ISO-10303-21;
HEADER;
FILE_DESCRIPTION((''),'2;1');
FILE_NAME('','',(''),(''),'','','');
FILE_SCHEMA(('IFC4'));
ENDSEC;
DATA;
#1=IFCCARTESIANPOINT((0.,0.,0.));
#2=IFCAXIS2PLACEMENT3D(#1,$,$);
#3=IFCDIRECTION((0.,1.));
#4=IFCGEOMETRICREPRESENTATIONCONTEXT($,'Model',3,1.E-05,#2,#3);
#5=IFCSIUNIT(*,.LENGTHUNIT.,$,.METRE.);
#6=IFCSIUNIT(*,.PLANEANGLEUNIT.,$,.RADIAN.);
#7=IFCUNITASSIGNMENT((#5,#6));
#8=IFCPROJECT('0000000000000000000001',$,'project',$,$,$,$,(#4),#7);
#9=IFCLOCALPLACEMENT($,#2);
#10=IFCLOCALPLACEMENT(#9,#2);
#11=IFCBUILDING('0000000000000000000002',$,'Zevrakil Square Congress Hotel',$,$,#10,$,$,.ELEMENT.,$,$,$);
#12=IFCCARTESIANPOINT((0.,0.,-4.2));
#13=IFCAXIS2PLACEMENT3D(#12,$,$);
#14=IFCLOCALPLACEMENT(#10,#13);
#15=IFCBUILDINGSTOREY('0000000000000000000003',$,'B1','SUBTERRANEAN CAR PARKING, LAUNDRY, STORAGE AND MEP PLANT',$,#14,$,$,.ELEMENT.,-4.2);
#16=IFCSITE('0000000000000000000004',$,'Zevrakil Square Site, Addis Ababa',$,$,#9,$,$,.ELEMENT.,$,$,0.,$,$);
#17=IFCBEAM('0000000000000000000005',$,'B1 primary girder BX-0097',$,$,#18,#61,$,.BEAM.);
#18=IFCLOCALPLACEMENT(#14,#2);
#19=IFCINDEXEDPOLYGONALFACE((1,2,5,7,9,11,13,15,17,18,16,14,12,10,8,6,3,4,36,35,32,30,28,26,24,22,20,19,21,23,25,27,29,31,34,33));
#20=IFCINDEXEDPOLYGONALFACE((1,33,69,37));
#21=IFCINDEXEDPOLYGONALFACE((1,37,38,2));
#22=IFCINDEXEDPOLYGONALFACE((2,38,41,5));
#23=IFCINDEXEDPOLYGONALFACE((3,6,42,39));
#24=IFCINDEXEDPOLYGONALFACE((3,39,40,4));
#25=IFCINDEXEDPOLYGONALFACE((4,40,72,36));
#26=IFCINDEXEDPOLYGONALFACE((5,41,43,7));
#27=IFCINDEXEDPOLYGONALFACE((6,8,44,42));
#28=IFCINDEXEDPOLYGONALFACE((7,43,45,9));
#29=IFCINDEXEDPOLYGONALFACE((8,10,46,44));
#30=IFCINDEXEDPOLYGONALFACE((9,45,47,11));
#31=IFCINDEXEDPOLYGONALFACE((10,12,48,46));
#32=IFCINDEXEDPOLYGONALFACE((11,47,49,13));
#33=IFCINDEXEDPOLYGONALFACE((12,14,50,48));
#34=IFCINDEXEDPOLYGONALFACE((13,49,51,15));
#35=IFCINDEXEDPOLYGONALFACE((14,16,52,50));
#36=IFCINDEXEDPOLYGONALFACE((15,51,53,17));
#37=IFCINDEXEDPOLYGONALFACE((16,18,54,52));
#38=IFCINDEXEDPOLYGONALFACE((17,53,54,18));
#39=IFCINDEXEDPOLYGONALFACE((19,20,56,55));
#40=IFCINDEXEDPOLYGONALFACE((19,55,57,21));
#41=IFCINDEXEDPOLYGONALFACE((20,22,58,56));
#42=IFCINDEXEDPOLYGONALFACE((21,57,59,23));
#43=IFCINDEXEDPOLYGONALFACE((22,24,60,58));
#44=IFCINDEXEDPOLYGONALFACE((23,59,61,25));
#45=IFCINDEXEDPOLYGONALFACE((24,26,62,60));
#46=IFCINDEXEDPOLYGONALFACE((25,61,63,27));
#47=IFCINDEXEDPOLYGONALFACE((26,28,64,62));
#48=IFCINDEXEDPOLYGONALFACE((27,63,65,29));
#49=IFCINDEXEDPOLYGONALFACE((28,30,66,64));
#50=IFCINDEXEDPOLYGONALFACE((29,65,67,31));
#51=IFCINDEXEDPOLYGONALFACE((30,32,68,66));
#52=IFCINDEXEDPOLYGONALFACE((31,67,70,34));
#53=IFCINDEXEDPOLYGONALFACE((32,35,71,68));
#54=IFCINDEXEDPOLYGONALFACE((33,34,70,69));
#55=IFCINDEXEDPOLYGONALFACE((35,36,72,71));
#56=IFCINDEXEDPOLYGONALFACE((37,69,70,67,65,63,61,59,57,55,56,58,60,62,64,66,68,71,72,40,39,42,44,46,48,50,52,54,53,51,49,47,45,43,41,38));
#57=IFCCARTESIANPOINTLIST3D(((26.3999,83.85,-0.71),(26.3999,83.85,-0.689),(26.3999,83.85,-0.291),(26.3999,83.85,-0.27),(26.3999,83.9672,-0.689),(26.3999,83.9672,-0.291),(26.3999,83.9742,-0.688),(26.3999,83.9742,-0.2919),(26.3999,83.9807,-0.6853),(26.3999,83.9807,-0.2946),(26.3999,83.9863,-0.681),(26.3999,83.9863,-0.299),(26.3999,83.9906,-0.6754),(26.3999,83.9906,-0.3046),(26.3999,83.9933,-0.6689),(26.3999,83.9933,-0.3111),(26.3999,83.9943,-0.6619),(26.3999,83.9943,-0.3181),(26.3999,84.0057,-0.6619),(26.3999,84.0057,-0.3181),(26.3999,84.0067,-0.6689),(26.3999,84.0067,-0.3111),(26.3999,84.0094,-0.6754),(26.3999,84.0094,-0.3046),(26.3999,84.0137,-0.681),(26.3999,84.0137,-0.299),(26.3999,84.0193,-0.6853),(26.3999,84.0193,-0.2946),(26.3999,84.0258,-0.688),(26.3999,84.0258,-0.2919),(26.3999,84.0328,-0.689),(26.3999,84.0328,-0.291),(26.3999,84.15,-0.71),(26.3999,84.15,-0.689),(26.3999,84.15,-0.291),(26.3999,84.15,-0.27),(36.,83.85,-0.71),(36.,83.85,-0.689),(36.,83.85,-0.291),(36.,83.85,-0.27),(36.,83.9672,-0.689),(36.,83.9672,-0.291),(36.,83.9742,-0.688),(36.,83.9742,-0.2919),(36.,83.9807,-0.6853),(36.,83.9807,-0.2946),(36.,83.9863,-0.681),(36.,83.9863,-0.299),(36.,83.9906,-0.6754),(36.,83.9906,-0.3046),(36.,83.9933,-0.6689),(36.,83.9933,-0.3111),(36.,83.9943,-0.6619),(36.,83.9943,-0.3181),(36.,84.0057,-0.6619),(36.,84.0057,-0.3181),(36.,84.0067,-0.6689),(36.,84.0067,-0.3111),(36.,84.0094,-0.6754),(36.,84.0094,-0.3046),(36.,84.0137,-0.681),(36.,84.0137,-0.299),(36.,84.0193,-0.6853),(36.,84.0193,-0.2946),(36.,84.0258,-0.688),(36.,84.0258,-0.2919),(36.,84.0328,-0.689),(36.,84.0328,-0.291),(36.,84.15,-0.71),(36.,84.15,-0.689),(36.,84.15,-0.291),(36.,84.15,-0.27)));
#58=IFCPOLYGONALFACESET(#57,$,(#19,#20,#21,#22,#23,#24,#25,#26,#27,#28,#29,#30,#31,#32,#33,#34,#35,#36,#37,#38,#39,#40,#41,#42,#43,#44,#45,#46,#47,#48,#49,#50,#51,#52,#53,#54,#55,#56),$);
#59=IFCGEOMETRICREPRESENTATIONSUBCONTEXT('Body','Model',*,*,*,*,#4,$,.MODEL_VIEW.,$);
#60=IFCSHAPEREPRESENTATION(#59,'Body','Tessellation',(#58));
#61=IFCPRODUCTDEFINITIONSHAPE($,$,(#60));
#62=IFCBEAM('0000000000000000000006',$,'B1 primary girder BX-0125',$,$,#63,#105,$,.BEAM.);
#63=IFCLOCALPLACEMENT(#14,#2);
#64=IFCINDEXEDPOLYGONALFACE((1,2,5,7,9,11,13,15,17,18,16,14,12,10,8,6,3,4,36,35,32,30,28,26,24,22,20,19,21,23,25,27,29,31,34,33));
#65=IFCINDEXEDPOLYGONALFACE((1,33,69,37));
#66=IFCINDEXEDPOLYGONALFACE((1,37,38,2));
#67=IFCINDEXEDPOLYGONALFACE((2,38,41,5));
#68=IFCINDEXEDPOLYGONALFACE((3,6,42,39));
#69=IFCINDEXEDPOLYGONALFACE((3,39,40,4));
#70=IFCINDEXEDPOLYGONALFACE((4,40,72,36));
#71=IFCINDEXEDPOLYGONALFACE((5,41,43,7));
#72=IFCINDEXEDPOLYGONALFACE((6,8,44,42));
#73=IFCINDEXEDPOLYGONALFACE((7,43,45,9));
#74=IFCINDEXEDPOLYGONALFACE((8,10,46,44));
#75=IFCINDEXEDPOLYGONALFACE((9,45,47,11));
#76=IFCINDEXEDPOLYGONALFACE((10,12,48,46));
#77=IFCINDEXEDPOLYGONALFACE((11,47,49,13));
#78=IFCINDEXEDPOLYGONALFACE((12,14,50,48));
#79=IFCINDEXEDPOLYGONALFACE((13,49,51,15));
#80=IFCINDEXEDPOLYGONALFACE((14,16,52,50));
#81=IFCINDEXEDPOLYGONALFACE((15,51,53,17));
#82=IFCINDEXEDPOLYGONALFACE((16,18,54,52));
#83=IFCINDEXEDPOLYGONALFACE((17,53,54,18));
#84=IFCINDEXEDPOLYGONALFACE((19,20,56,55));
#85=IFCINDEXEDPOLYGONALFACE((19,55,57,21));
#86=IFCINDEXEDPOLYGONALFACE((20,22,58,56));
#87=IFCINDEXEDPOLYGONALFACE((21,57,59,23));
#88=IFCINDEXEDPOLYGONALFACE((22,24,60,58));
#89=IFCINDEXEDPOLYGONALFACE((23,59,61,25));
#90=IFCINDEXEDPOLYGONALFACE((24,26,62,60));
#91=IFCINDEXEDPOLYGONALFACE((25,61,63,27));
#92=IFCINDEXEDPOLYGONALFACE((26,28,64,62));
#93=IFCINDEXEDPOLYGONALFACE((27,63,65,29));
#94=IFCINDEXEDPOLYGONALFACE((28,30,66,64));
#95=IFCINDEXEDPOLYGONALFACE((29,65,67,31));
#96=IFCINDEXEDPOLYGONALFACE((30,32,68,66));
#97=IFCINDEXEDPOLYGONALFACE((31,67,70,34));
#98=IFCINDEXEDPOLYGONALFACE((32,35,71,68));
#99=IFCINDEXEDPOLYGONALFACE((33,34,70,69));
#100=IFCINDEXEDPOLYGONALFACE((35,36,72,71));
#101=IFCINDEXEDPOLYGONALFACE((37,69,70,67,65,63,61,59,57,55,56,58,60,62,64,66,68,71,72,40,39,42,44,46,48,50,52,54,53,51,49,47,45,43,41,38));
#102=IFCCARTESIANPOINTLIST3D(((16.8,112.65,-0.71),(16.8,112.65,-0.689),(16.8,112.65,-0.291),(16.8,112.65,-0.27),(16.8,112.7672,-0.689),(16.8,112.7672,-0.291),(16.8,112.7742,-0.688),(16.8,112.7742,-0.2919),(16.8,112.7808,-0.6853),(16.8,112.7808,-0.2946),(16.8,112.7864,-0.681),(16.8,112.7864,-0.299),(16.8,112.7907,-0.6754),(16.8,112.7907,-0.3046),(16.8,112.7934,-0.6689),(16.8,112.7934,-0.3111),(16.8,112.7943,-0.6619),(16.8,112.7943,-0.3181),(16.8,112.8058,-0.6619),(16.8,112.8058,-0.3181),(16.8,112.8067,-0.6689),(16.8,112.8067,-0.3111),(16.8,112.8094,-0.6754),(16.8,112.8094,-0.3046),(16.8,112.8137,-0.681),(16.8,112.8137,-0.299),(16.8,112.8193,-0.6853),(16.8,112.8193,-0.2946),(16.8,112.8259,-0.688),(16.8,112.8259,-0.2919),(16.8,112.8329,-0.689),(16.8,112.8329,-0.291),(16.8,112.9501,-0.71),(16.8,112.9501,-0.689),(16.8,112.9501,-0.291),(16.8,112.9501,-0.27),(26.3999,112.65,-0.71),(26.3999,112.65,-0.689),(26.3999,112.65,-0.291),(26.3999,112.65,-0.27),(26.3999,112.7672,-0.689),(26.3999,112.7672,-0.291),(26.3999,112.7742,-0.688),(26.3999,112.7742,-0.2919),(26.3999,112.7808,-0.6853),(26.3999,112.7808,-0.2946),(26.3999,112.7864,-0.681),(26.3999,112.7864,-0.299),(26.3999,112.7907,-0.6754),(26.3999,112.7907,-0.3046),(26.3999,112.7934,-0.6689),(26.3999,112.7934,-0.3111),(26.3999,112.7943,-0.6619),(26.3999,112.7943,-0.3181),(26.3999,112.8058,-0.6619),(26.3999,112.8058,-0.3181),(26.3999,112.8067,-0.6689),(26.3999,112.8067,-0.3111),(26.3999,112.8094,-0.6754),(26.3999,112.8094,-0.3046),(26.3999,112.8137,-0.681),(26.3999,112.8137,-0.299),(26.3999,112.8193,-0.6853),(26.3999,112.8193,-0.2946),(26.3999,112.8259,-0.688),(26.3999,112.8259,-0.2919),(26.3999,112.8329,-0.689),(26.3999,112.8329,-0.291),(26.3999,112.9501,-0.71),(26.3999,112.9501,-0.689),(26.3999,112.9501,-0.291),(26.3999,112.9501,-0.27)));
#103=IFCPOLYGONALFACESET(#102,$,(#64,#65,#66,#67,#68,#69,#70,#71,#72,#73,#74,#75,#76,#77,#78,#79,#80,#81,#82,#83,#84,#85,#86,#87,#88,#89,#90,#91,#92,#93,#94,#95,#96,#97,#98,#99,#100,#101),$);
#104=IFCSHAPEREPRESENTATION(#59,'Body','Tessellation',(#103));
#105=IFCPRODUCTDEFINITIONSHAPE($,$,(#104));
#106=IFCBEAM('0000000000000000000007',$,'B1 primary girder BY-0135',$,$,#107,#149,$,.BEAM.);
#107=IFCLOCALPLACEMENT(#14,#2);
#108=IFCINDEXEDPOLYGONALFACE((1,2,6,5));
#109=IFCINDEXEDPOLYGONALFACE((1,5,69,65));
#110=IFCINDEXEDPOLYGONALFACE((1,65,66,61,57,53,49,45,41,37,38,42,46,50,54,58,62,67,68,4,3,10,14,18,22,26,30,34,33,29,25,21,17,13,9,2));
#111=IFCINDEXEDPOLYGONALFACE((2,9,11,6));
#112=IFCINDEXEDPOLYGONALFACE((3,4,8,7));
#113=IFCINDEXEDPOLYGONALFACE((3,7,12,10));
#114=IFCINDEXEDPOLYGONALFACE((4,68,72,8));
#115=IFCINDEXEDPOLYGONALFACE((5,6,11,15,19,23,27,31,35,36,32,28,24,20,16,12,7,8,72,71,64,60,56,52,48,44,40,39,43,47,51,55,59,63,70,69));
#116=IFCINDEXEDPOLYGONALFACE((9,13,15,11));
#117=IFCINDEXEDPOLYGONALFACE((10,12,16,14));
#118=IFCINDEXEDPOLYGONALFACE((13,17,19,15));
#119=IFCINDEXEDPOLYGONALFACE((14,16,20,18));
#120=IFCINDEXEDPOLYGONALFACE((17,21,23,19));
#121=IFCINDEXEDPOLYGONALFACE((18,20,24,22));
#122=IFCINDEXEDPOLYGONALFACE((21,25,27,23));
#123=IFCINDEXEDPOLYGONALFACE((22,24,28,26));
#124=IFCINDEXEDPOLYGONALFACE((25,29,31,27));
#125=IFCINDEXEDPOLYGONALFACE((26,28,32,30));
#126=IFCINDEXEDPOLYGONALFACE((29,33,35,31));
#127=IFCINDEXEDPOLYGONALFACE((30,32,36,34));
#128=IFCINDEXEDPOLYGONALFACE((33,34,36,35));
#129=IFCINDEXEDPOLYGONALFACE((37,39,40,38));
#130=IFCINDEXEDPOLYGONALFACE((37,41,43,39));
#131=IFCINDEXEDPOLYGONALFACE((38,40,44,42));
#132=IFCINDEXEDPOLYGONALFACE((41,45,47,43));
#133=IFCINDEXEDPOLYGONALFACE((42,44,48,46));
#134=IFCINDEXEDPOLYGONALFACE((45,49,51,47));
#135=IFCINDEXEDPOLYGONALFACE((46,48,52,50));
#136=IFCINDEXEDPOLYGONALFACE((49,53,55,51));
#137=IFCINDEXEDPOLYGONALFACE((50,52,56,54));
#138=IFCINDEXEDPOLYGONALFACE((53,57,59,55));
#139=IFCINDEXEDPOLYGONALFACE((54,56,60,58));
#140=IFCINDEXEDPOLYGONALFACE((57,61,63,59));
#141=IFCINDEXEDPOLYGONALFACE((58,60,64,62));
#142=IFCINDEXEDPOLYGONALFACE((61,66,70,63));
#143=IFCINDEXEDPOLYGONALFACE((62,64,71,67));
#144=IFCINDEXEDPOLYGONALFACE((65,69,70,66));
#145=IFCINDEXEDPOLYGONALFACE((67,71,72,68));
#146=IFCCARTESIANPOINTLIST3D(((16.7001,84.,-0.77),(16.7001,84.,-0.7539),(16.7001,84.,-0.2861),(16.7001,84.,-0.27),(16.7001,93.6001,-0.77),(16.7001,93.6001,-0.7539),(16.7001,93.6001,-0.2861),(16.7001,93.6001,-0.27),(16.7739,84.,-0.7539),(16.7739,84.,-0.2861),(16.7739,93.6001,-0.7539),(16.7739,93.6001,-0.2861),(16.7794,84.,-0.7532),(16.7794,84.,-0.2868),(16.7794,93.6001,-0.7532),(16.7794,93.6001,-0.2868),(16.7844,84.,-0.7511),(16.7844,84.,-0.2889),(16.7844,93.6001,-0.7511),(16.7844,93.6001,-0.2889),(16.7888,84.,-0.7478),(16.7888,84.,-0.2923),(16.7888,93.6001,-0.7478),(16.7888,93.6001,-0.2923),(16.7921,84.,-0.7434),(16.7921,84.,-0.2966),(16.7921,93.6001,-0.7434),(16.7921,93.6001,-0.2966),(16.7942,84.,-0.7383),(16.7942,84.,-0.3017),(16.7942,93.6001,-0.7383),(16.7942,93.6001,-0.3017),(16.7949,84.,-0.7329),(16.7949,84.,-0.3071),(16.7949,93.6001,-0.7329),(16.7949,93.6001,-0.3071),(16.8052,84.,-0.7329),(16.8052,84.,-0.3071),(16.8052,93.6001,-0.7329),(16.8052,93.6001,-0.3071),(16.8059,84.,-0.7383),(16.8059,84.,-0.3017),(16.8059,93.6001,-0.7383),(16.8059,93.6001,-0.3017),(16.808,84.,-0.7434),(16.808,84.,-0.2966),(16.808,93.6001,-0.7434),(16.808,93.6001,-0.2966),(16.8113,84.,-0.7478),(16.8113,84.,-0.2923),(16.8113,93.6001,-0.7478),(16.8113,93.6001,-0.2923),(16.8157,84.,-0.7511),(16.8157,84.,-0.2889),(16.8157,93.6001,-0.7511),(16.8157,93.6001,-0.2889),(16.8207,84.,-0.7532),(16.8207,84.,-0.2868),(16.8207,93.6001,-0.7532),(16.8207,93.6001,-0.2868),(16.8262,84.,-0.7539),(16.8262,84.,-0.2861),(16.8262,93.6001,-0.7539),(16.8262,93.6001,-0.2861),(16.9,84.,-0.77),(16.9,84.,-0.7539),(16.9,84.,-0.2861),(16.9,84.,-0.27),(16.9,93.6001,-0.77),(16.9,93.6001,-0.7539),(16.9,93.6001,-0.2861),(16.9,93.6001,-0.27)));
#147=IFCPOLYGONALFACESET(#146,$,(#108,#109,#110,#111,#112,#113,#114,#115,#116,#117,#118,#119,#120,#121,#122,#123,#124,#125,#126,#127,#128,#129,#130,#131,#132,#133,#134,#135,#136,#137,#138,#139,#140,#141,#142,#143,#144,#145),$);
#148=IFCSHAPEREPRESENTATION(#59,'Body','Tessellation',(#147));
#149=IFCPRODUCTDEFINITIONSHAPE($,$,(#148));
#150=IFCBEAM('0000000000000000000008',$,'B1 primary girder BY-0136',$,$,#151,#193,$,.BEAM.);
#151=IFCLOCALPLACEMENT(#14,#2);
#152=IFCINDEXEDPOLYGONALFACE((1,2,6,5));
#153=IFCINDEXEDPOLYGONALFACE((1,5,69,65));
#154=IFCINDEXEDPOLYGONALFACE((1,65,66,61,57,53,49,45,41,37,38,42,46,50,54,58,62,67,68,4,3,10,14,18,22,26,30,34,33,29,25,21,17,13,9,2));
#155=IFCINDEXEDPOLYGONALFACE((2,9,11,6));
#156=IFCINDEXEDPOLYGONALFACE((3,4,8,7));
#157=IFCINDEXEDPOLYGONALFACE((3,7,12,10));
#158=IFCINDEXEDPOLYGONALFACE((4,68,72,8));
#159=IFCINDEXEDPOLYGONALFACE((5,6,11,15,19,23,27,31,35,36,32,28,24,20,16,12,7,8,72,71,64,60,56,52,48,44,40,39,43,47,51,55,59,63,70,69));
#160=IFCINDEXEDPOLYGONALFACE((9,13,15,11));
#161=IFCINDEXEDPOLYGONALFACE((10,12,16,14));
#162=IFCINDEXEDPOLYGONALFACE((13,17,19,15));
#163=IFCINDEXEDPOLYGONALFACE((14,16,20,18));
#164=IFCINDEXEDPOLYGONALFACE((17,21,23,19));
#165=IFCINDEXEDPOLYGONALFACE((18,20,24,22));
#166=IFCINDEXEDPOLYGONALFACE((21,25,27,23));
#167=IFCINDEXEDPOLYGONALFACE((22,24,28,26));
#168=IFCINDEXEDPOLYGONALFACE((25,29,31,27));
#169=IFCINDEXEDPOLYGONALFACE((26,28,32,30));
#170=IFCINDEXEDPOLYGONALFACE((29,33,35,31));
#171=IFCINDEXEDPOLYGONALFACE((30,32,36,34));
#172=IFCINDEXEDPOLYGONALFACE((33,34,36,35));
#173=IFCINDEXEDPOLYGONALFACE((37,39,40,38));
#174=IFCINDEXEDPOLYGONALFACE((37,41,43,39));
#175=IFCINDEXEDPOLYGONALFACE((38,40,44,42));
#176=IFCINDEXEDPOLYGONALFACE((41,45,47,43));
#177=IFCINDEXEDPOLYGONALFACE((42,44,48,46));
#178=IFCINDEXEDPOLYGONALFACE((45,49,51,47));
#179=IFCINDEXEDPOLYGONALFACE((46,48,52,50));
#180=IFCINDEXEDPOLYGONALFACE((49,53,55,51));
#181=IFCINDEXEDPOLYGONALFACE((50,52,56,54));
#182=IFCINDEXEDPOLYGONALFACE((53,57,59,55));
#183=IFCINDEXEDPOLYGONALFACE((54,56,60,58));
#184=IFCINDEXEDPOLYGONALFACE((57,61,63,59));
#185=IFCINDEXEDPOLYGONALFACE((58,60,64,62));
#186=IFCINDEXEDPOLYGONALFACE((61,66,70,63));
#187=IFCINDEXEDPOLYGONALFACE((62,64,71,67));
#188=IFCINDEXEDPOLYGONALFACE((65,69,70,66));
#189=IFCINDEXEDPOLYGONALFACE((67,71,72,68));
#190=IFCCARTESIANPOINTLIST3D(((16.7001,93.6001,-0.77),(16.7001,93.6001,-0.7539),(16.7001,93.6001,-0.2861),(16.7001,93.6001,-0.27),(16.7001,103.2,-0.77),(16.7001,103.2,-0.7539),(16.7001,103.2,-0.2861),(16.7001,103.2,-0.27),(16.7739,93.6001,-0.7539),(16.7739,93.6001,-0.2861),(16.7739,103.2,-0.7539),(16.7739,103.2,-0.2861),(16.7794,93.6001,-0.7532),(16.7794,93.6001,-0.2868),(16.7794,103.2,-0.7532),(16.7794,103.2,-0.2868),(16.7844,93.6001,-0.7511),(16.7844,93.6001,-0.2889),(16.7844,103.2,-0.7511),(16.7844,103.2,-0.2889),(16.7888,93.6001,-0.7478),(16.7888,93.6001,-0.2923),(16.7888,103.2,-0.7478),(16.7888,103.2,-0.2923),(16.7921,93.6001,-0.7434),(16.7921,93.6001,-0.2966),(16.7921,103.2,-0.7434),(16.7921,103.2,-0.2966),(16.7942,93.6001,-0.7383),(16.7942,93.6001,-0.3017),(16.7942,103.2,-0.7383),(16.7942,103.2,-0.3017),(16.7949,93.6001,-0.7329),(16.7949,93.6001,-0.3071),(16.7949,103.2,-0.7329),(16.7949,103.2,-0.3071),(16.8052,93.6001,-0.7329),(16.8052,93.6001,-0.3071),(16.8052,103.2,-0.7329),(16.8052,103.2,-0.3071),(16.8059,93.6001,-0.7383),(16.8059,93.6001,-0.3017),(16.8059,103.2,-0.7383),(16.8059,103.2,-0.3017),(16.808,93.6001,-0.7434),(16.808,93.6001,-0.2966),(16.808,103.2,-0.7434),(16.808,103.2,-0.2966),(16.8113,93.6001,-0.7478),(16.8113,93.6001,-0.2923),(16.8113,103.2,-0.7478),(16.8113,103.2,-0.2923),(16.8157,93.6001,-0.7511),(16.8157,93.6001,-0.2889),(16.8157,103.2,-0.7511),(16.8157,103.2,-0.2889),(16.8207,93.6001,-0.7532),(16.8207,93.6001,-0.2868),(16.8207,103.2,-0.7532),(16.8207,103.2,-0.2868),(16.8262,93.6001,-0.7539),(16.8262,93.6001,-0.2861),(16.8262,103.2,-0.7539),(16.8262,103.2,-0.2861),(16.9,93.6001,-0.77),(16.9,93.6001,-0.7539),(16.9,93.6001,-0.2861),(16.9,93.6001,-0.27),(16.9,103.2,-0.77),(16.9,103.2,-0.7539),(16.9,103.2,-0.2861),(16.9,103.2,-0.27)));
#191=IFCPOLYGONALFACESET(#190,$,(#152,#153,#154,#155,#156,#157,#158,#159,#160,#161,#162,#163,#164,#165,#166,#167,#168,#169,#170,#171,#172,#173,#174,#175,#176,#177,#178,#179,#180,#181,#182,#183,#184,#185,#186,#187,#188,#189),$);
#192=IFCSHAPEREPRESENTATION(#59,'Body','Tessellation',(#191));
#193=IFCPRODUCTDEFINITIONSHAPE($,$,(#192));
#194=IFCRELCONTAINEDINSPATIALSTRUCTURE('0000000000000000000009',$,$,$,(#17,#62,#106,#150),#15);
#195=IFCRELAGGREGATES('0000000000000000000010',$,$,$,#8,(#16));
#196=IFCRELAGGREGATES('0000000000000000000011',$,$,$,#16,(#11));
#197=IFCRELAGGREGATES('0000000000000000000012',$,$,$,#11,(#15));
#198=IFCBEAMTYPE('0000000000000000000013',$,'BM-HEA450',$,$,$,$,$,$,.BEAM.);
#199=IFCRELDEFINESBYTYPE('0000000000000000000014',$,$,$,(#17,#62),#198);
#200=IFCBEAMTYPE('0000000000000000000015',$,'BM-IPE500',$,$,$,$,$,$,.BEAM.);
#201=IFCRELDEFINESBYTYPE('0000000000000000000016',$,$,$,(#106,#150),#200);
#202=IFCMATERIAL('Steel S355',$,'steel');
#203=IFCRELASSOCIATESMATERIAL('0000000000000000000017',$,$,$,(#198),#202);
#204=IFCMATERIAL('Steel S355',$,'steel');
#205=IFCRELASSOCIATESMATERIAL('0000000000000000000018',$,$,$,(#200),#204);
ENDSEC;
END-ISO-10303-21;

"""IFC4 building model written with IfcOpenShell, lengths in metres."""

from ifc_helpers import new_model, si_unit, direction, frame, origin, origin_2d, place, context, subcontext, project, spatial, i_section, extrude, material, material_profile, profile_set, type_object, element, save


model = new_model("IFC4")

# Units and contexts
model_context = context("Model", 3, precision=1e-05, world=origin(), true_north=direction((0.0, 1.0)))
body_context = subcontext(model_context, "Body", "Model", "MODEL_VIEW")
ifc_project = project(units=[si_unit("LENGTHUNIT", "METRE"), si_unit("PLANEANGLEUNIT", "RADIAN")], contexts=[model_context])

# Site, building, storey
site_placement = place(None, origin())
site = spatial("IfcSite", under=ifc_project, at=site_placement, Name="Zevrakil Square Site, Addis Ababa", CompositionType="ELEMENT", RefElevation=0.0)
building_placement = place(site_placement, origin())
building = spatial("IfcBuilding", under=site, at=building_placement, Name="Zevrakil Square Congress Hotel", CompositionType="ELEMENT")
storey_placement = place(building_placement, frame((0.0, 0.0, -4.2)))
storey = spatial("IfcBuildingStorey", under=building, at=storey_placement, Name="B1", Description="SUBTERRANEAN CAR PARKING, LAUNDRY, STORAGE AND MEP PLANT", CompositionType="ELEMENT", Elevation=-4.2)

# Beams
ifc_material_1 = material(Name="Steel S355", Category="steel")
ifc_material_profile_1 = material_profile(ifc_material_1, i_section(OverallWidth=0.3, OverallDepth=0.4399, WebThickness=0.0115, FlangeThickness=0.021, FilletRadius=0.0271, at=origin_2d()), Name="HEA 450")
ifc_profile_set_1 = profile_set([ifc_material_profile_1], Name="Steel S355")
beam_type_1 = type_object("IfcBeamType", Name="BM-HEA450", PredefinedType="BEAM", material=ifc_profile_set_1)
beam_1_placement = place(storey_placement, frame((26.3999, 84.0, -0.49), z_axis=(1.0, 0.0, 0.0), x_axis=(0.0, 1.0, 0.0)))
element("IfcBeam", 1, at=beam_1_placement, inside=storey, type_object=beam_type_1, Name="B1 primary girder BX-0097", PredefinedType="BEAM", context=body_context, shape_type="SweptSolid", body=[
    extrude(i_section(OverallWidth=0.3, OverallDepth=0.4399, WebThickness=0.0115, FlangeThickness=0.021, FilletRadius=0.0271, at=origin_2d()), origin(), (0.0, 0.0, 1.0), 9.6001),
])
beam_2_placement = place(storey_placement, frame((16.8, 112.8, -0.49), z_axis=(1.0, 0.0, 0.0), x_axis=(0.0, 1.0, 0.0)))
element("IfcBeam", 2, at=beam_2_placement, inside=storey, type_object=beam_type_1, Name="B1 primary girder BX-0125", PredefinedType="BEAM", context=body_context, shape_type="SweptSolid", body=[
    extrude(i_section(OverallWidth=0.3, OverallDepth=0.4399, WebThickness=0.0115, FlangeThickness=0.021, FilletRadius=0.0271, at=origin_2d()), origin(), (0.0, 0.0, 1.0), 9.5999),
])
ifc_material_2 = material(Name="Steel S355", Category="steel")
ifc_material_profile_2 = material_profile(ifc_material_2, i_section(OverallWidth=0.2, OverallDepth=0.5, WebThickness=0.0103, FlangeThickness=0.0161, FilletRadius=0.021, at=origin_2d()), Name="IPE 500")
ifc_profile_set_2 = profile_set([ifc_material_profile_2], Name="Steel S355")
beam_type_2 = type_object("IfcBeamType", Name="BM-IPE500", PredefinedType="BEAM", material=ifc_profile_set_2)
beam_3_placement = place(storey_placement, frame((16.8, 84.0, -0.52), z_axis=(0.0, 1.0, 0.0), x_axis=(-1.0, 0.0, 0.0)))
element("IfcBeam", 3, at=beam_3_placement, inside=storey, type_object=beam_type_2, Name="B1 primary girder BY-0135", PredefinedType="BEAM", context=body_context, shape_type="SweptSolid", body=[
    extrude(i_section(OverallWidth=0.2, OverallDepth=0.5, WebThickness=0.0103, FlangeThickness=0.0161, FilletRadius=0.021, at=origin_2d()), origin(), (0.0, 0.0, 1.0), 9.6001),
])
beam_4_placement = place(storey_placement, frame((16.8, 93.6001, -0.52), z_axis=(0.0, 1.0, 0.0), x_axis=(-1.0, 0.0, 0.0)))
element("IfcBeam", 4, at=beam_4_placement, inside=storey, type_object=beam_type_2, Name="B1 primary girder BY-0136", PredefinedType="BEAM", context=body_context, shape_type="SweptSolid", body=[
    extrude(i_section(OverallWidth=0.2, OverallDepth=0.5, WebThickness=0.0103, FlangeThickness=0.0161, FilletRadius=0.021, at=origin_2d()), origin(), (0.0, 0.0, 1.0), 9.5999),
])

save(model, "model.ifc")
